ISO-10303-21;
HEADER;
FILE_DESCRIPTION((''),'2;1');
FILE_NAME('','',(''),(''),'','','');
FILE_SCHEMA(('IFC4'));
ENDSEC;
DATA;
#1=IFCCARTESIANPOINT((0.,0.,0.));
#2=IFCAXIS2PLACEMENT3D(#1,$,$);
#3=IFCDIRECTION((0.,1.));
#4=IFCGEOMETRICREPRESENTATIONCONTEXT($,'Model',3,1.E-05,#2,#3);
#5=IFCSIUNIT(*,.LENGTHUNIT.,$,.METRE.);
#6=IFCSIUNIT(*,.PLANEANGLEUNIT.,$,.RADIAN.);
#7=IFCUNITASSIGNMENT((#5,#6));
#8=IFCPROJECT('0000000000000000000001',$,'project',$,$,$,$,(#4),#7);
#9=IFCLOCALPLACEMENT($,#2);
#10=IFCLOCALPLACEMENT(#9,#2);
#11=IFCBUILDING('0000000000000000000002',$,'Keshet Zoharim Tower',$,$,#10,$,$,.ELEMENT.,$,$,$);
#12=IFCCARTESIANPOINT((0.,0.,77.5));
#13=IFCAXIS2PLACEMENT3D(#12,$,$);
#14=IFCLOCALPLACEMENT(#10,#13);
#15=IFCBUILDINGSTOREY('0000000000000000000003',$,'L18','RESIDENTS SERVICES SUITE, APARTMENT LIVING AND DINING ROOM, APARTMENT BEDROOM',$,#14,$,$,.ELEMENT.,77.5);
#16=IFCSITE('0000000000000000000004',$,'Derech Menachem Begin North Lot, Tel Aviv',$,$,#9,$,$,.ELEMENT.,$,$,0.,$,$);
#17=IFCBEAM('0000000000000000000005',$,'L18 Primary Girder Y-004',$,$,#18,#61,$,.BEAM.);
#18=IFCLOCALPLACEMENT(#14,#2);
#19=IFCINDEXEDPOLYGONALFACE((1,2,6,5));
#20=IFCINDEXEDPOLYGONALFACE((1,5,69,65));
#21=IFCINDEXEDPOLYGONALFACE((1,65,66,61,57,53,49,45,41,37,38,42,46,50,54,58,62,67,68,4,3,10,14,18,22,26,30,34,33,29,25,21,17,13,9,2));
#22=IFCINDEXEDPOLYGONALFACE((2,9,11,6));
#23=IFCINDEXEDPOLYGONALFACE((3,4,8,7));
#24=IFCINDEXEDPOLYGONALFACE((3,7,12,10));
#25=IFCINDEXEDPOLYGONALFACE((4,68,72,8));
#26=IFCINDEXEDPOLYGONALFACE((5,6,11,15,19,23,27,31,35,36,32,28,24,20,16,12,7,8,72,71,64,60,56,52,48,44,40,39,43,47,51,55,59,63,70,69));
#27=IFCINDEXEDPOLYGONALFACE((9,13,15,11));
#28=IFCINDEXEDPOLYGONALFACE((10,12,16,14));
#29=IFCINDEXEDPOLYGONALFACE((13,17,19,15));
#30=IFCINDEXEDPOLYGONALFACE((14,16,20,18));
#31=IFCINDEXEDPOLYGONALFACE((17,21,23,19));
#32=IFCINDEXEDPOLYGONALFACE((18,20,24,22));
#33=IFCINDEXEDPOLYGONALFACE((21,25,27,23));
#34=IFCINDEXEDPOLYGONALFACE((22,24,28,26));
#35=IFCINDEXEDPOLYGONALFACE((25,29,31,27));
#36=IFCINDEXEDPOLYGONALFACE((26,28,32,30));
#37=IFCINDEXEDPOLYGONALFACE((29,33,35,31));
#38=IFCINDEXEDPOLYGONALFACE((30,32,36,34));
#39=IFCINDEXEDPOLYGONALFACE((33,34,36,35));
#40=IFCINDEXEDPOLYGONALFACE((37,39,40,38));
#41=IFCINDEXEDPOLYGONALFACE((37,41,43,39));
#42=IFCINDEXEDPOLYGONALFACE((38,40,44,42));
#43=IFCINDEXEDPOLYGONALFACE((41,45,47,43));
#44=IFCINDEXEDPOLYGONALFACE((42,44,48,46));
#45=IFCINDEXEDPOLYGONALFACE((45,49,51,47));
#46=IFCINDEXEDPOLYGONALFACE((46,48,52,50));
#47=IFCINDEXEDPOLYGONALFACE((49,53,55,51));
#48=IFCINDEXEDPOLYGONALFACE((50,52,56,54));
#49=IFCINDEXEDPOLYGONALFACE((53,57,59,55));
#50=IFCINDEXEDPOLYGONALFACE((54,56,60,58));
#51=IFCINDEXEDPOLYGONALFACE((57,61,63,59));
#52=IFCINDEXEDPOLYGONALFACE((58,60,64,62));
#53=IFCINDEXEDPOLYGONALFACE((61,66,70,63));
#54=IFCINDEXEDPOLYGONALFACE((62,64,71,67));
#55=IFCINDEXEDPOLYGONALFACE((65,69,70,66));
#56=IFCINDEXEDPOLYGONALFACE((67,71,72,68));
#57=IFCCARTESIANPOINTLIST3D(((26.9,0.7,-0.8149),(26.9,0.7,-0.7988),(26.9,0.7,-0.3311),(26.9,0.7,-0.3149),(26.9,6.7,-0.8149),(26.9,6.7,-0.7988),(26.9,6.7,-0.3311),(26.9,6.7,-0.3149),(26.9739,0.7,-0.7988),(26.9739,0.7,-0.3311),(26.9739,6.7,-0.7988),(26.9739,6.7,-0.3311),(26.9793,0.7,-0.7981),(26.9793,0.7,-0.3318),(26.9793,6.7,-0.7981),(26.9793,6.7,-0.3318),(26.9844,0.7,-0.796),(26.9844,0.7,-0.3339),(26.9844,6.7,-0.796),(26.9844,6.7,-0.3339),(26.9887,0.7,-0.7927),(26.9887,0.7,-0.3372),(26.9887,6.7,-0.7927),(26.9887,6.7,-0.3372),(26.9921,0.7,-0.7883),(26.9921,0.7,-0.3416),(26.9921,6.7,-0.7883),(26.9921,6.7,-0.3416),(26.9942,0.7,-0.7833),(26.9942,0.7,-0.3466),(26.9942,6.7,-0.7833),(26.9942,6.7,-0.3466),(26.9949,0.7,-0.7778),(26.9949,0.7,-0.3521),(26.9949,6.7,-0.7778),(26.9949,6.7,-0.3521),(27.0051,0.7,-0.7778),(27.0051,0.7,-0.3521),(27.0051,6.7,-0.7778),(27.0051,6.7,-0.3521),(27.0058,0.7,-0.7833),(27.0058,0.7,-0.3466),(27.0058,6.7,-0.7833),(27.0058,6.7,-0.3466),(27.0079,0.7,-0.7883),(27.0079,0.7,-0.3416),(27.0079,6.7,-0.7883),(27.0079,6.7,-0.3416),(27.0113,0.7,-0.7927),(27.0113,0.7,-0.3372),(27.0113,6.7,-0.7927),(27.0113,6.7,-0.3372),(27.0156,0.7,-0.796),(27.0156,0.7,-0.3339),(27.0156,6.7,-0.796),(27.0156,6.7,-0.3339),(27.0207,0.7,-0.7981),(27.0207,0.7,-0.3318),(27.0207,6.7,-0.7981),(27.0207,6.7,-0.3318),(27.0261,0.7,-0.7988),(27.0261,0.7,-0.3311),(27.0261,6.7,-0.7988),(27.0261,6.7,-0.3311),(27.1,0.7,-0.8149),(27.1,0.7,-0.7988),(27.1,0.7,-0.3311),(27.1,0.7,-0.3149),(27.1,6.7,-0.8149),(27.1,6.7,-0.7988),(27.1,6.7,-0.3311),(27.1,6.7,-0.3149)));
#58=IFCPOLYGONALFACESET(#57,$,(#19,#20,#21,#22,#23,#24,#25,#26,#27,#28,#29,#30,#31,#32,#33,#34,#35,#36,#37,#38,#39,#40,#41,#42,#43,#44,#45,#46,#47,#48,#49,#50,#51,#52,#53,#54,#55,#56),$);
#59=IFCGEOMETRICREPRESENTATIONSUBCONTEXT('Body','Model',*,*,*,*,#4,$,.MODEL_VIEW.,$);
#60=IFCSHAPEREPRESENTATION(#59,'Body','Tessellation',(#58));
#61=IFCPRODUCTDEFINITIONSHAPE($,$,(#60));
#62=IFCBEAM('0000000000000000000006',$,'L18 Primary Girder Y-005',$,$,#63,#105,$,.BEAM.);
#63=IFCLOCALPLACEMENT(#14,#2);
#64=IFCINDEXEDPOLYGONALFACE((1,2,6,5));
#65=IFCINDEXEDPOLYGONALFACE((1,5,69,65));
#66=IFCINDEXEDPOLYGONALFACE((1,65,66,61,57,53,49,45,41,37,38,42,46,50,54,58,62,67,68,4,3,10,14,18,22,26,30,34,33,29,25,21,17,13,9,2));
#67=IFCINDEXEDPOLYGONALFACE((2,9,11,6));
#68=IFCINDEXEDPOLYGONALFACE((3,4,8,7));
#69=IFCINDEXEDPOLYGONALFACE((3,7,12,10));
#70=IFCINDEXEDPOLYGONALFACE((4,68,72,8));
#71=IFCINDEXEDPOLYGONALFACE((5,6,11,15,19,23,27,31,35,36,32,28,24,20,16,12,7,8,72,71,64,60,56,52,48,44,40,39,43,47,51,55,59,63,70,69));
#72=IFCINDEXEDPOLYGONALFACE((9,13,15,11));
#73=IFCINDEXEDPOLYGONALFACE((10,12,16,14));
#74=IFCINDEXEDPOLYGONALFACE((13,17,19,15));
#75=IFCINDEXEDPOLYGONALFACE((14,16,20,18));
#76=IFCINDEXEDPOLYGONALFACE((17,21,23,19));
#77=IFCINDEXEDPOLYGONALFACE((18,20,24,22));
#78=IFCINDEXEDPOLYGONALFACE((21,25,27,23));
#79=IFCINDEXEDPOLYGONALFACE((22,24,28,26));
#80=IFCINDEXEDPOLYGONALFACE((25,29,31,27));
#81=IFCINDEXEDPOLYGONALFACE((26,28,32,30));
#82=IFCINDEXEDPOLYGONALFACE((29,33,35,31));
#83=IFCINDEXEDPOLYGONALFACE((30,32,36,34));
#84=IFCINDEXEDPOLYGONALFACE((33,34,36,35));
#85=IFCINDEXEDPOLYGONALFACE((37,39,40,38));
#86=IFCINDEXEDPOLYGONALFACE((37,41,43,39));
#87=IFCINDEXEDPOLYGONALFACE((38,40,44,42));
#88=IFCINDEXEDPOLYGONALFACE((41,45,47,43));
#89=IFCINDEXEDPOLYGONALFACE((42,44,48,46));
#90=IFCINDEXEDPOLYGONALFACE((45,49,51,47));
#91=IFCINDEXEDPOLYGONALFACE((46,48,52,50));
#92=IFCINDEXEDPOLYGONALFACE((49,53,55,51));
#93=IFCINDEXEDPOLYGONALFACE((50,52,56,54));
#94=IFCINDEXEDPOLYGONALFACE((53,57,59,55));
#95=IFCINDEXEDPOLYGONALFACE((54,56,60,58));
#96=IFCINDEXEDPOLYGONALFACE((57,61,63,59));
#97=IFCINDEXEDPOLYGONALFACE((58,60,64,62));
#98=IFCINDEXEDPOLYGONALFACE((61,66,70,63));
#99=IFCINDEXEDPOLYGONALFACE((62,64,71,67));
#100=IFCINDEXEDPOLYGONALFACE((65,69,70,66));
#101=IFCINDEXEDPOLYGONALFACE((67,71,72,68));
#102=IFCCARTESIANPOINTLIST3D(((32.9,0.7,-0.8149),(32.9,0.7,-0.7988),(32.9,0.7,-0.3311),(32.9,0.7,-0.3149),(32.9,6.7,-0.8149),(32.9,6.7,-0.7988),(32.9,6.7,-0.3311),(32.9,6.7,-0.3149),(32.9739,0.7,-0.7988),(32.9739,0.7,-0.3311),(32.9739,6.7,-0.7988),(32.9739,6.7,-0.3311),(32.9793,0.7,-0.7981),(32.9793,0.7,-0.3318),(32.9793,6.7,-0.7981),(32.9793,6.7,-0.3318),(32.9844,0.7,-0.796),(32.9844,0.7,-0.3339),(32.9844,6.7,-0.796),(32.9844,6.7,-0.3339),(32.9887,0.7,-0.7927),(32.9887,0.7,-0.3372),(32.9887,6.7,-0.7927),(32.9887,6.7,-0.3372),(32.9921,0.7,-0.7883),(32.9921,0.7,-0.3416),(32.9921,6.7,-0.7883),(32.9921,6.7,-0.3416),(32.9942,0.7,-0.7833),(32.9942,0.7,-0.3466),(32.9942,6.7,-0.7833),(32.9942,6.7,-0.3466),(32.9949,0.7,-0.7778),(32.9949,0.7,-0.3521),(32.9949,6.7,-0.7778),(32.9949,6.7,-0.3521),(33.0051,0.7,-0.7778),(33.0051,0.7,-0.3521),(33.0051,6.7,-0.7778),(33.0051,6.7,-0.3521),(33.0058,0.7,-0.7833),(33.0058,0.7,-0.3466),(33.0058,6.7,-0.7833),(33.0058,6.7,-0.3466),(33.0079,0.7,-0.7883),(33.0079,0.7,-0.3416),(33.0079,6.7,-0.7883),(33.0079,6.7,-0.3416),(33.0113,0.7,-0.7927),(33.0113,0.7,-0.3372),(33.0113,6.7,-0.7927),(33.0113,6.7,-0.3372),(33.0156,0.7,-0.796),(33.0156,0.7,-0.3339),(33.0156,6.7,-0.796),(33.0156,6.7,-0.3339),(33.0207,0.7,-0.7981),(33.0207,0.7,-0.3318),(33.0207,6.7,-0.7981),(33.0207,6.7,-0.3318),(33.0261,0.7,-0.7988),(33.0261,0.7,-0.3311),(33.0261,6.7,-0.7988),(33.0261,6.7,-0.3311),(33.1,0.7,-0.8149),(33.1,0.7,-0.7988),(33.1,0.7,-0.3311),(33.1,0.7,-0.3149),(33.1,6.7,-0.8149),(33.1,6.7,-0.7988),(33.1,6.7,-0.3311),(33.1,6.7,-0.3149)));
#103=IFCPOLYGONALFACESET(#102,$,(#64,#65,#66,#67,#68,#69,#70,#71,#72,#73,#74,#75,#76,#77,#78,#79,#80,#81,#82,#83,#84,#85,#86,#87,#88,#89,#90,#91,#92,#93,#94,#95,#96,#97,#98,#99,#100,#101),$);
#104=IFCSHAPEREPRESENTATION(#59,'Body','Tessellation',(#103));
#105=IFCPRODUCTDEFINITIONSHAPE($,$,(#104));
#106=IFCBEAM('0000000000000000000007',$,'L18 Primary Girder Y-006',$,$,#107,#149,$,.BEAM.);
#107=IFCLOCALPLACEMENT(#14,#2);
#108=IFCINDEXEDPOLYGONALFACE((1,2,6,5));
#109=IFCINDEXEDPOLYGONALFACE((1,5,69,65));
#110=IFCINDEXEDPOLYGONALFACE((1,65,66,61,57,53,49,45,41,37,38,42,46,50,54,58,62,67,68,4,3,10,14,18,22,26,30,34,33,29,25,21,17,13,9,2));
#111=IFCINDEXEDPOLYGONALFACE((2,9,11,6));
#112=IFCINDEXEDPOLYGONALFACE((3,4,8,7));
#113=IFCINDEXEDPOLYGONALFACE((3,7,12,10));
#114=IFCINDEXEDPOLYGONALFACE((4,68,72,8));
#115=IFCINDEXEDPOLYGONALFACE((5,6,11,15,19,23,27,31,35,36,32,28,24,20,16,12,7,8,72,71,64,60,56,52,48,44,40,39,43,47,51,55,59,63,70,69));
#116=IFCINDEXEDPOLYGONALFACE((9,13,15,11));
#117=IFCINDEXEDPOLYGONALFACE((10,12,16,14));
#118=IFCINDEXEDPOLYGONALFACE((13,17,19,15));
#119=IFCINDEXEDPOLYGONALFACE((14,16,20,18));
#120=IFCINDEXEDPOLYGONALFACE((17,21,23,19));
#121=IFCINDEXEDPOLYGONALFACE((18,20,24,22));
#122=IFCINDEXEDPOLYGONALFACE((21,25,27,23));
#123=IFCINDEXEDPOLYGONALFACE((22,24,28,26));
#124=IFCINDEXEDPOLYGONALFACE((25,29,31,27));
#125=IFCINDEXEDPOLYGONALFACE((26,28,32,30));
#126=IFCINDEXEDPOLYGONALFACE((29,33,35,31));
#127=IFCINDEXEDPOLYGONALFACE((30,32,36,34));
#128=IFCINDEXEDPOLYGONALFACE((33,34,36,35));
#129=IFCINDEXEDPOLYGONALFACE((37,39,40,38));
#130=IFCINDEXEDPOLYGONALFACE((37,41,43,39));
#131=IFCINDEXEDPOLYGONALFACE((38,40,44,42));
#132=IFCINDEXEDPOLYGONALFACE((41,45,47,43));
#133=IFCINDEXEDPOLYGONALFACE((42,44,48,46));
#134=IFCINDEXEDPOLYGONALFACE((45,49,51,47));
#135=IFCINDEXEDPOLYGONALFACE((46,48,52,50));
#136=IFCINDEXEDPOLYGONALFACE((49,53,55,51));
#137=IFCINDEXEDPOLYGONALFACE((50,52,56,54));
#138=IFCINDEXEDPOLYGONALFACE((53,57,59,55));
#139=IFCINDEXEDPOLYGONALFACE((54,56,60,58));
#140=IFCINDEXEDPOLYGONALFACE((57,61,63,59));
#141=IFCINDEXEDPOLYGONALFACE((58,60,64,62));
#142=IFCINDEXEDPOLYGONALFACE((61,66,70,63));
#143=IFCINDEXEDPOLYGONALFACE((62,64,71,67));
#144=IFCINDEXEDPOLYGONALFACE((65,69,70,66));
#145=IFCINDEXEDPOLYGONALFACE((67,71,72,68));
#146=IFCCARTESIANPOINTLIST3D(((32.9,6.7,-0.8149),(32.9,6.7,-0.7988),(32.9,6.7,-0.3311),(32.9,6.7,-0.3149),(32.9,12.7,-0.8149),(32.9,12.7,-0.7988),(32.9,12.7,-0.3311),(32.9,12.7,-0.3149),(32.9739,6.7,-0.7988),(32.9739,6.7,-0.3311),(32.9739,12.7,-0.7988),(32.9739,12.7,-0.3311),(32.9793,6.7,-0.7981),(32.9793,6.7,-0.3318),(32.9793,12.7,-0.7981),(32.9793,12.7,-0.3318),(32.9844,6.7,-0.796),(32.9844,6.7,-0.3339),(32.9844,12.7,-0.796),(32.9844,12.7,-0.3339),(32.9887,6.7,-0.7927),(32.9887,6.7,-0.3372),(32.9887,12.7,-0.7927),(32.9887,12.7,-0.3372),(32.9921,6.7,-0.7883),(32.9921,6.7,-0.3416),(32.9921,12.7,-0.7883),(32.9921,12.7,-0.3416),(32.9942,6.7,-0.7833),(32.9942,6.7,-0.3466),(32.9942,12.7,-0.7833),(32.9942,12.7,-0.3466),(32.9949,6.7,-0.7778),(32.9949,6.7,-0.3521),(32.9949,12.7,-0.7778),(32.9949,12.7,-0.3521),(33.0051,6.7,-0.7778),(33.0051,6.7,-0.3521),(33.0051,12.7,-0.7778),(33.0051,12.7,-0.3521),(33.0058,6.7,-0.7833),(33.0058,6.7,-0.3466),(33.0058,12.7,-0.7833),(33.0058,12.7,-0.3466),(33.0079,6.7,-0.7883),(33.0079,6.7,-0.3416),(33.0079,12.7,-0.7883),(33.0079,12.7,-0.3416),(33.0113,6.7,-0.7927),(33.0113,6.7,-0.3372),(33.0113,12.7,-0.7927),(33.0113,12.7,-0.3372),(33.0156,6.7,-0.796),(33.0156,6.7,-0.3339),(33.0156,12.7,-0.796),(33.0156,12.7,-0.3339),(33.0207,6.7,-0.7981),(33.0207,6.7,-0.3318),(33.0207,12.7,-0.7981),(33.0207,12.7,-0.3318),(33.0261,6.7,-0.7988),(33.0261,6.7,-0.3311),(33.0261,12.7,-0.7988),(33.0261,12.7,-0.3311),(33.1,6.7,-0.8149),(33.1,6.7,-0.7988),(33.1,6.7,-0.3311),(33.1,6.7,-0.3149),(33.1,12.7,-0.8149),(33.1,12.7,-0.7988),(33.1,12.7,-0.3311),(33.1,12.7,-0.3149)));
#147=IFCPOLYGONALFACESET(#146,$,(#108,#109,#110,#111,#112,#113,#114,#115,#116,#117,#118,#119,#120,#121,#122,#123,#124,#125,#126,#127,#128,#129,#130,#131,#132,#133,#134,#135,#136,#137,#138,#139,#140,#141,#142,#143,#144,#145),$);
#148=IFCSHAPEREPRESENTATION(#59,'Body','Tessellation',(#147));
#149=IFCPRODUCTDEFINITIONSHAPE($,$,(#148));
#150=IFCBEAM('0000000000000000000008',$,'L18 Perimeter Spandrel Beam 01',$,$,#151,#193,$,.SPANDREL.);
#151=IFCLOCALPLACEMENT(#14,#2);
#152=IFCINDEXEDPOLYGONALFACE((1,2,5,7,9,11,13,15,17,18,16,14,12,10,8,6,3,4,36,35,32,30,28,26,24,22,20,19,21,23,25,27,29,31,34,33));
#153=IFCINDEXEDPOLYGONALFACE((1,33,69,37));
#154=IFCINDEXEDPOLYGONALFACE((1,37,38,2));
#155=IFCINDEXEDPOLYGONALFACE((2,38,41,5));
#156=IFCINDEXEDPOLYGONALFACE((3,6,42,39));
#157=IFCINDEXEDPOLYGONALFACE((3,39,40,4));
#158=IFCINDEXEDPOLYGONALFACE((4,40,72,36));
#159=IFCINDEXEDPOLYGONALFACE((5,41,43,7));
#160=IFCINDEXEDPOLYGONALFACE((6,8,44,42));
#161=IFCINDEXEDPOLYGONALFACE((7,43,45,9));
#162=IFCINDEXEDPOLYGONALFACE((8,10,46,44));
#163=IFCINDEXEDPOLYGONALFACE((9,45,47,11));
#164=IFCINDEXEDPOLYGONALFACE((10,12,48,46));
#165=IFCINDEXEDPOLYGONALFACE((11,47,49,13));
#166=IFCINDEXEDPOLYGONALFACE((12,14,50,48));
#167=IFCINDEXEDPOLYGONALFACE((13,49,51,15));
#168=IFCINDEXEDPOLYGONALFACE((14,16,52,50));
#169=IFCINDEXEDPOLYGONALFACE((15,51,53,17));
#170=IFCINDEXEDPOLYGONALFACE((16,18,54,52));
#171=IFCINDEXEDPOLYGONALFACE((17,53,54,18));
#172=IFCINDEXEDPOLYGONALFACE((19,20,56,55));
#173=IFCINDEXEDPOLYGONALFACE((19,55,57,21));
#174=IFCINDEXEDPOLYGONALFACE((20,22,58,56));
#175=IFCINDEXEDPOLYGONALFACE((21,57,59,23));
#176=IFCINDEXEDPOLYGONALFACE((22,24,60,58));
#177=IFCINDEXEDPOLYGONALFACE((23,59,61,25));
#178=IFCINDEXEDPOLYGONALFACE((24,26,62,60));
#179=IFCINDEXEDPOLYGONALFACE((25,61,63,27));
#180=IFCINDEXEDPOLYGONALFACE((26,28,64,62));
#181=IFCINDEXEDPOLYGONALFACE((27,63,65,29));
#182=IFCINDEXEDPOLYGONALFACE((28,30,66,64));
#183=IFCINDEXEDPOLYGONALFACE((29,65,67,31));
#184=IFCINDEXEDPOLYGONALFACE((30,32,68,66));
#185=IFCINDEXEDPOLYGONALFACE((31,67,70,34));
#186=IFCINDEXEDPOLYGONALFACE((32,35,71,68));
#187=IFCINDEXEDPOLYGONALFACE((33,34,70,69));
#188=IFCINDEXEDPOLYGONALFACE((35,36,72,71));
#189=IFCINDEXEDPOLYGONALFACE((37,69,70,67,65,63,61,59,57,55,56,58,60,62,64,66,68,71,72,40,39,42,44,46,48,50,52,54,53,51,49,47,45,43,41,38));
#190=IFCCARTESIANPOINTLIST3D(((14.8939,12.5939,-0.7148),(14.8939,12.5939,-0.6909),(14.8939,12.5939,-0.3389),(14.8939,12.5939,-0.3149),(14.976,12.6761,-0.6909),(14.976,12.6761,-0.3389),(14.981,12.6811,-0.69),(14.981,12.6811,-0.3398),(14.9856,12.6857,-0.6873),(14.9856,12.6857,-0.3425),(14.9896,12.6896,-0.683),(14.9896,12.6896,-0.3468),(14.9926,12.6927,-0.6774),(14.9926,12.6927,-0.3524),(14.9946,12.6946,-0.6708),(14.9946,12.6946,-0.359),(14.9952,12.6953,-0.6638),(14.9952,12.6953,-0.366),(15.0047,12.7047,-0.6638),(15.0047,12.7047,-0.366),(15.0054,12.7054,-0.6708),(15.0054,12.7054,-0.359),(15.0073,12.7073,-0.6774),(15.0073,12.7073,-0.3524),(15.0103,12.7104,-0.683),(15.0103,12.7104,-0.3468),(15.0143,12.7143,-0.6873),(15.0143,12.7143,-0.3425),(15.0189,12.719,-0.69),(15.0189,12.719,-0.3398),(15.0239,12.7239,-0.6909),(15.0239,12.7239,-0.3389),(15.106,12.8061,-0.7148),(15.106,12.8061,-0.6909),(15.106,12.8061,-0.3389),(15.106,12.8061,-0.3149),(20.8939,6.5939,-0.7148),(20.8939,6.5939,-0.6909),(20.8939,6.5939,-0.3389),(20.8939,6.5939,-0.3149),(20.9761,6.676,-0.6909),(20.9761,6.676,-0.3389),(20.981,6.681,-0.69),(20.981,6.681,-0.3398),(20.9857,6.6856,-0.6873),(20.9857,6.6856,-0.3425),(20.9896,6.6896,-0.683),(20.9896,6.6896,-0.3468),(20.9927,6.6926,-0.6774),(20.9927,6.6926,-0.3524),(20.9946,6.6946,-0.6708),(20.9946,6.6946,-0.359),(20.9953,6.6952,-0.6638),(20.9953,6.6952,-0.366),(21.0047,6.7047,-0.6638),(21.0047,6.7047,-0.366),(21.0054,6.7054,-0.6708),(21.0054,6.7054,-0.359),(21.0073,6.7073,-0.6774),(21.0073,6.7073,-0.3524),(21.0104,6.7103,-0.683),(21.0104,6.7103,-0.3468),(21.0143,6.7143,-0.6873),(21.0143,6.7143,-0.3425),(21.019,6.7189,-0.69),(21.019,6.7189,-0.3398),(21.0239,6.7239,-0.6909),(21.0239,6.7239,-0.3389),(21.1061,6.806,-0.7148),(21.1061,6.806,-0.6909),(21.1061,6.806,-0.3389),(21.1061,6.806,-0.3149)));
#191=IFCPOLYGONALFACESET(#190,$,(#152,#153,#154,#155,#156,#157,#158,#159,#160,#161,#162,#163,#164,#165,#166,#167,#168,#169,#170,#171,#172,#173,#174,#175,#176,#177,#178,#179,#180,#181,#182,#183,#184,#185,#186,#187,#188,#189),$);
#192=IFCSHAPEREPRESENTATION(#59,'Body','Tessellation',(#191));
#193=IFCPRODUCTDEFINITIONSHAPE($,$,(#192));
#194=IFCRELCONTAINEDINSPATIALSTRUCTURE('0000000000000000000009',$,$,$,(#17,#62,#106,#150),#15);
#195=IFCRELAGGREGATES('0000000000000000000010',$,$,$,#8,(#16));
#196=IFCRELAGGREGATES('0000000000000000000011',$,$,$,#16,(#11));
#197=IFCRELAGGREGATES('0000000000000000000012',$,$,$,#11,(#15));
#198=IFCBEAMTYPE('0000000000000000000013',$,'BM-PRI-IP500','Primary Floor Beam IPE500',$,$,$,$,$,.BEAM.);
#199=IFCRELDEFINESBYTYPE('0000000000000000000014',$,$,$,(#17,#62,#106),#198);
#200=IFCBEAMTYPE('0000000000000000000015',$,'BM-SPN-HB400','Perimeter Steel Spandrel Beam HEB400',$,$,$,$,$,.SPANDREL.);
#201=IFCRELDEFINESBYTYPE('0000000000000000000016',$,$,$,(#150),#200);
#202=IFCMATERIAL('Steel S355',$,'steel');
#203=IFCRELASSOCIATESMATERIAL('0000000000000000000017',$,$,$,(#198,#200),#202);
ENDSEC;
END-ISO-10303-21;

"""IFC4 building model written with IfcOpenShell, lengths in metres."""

from ifc_helpers import new_model, si_unit, direction, frame, origin, origin_2d, place, context, subcontext, project, spatial, i_section, extrude, material, material_profile, profile_set, type_object, element, save


model = new_model("IFC4")

# Units and contexts
model_context = context("Model", 3, precision=1e-05, world=origin(), true_north=direction((0.0, 1.0)))
body_context = subcontext(model_context, "Body", "Model", "MODEL_VIEW")
ifc_project = project(units=[si_unit("LENGTHUNIT", "METRE"), si_unit("PLANEANGLEUNIT", "RADIAN")], contexts=[model_context])

# Site, building, storey
site_placement = place(None, origin())
site = spatial("IfcSite", under=ifc_project, at=site_placement, Name="Derech Menachem Begin North Lot, Tel Aviv", CompositionType="ELEMENT", RefElevation=0.0)
building_placement = place(site_placement, origin())
building = spatial("IfcBuilding", under=site, at=building_placement, Name="Keshet Zoharim Tower", CompositionType="ELEMENT")
storey_placement = place(building_placement, frame((0.0, 0.0, 77.5)))
storey = spatial("IfcBuildingStorey", under=building, at=storey_placement, Name="L18", Description="RESIDENTS SERVICES SUITE, APARTMENT LIVING AND DINING ROOM, APARTMENT BEDROOM", CompositionType="ELEMENT", Elevation=77.5)

# Shared definitions
ifc_material_1 = material(Name="Steel S355", Category="steel")

# Beams
ifc_material_profile_1 = material_profile(ifc_material_1, i_section(OverallWidth=0.2, OverallDepth=0.5, WebThickness=0.0103, FlangeThickness=0.0161, FilletRadius=0.021, at=origin_2d()), Name="IPE500")
ifc_profile_set_1 = profile_set([ifc_material_profile_1], Name="Steel S355")
beam_type_1 = type_object("IfcBeamType", Name="BM-PRI-IP500", Description="Primary Floor Beam IPE500", PredefinedType="BEAM", material=ifc_profile_set_1)
for number, where, z_axis, x_axis, name in (
    (1, (27.0, 0.7, -0.5649), (0.0, 1.0, 0.0), (-1.0, 0.0, 0.0), "L18 Primary Girder Y-004"),
    (2, (33.0, 0.7, -0.5649), (0.0, 1.0, 0.0), (-1.0, 0.0, 0.0), "L18 Primary Girder Y-005"),
    (3, (33.0, 6.7, -0.5649), (0.0, 1.0, 0.0), (-1.0, 0.0, 0.0), "L18 Primary Girder Y-006"),
):
    element("IfcBeam", number, at=place(storey_placement, frame(where, z_axis=z_axis, x_axis=x_axis)), inside=storey, type_object=beam_type_1, Name=name, PredefinedType="BEAM", context=body_context, shape_type="SweptSolid", body=[
        extrude(i_section(OverallWidth=0.2, OverallDepth=0.5, WebThickness=0.0103, FlangeThickness=0.0161, FilletRadius=0.021, at=origin_2d()), origin(), (0.0, 0.0, 1.0), 6.0),
    ])
ifc_material_profile_2 = material_profile(ifc_material_1, i_section(OverallWidth=0.3, OverallDepth=0.3999, WebThickness=0.0134, FlangeThickness=0.0239, FilletRadius=0.0271, at=origin_2d()), Name="HEB400")
ifc_profile_set_2 = profile_set([ifc_material_profile_2], Name="Steel S355")
beam_type_2 = type_object("IfcBeamType", Name="BM-SPN-HB400", Description="Perimeter Steel Spandrel Beam HEB400", PredefinedType="SPANDREL", material=ifc_profile_set_2)
beam_placement = place(storey_placement, frame((21.0, 6.7, -0.5149), z_axis=(-0.707107, 0.707107, 0.0), x_axis=(-0.707107, -0.707107, 0.0)))
element("IfcBeam", 4, at=beam_placement, inside=storey, type_object=beam_type_2, Name="L18 Perimeter Spandrel Beam 01", PredefinedType="SPANDREL", context=body_context, shape_type="SweptSolid", body=[
    extrude(i_section(OverallWidth=0.3, OverallDepth=0.3999, WebThickness=0.0134, FlangeThickness=0.0239, FilletRadius=0.0271, at=origin_2d()), origin(), (0.0, 0.0, 1.0), 8.4854),
])

save(model, "model.ifc")
